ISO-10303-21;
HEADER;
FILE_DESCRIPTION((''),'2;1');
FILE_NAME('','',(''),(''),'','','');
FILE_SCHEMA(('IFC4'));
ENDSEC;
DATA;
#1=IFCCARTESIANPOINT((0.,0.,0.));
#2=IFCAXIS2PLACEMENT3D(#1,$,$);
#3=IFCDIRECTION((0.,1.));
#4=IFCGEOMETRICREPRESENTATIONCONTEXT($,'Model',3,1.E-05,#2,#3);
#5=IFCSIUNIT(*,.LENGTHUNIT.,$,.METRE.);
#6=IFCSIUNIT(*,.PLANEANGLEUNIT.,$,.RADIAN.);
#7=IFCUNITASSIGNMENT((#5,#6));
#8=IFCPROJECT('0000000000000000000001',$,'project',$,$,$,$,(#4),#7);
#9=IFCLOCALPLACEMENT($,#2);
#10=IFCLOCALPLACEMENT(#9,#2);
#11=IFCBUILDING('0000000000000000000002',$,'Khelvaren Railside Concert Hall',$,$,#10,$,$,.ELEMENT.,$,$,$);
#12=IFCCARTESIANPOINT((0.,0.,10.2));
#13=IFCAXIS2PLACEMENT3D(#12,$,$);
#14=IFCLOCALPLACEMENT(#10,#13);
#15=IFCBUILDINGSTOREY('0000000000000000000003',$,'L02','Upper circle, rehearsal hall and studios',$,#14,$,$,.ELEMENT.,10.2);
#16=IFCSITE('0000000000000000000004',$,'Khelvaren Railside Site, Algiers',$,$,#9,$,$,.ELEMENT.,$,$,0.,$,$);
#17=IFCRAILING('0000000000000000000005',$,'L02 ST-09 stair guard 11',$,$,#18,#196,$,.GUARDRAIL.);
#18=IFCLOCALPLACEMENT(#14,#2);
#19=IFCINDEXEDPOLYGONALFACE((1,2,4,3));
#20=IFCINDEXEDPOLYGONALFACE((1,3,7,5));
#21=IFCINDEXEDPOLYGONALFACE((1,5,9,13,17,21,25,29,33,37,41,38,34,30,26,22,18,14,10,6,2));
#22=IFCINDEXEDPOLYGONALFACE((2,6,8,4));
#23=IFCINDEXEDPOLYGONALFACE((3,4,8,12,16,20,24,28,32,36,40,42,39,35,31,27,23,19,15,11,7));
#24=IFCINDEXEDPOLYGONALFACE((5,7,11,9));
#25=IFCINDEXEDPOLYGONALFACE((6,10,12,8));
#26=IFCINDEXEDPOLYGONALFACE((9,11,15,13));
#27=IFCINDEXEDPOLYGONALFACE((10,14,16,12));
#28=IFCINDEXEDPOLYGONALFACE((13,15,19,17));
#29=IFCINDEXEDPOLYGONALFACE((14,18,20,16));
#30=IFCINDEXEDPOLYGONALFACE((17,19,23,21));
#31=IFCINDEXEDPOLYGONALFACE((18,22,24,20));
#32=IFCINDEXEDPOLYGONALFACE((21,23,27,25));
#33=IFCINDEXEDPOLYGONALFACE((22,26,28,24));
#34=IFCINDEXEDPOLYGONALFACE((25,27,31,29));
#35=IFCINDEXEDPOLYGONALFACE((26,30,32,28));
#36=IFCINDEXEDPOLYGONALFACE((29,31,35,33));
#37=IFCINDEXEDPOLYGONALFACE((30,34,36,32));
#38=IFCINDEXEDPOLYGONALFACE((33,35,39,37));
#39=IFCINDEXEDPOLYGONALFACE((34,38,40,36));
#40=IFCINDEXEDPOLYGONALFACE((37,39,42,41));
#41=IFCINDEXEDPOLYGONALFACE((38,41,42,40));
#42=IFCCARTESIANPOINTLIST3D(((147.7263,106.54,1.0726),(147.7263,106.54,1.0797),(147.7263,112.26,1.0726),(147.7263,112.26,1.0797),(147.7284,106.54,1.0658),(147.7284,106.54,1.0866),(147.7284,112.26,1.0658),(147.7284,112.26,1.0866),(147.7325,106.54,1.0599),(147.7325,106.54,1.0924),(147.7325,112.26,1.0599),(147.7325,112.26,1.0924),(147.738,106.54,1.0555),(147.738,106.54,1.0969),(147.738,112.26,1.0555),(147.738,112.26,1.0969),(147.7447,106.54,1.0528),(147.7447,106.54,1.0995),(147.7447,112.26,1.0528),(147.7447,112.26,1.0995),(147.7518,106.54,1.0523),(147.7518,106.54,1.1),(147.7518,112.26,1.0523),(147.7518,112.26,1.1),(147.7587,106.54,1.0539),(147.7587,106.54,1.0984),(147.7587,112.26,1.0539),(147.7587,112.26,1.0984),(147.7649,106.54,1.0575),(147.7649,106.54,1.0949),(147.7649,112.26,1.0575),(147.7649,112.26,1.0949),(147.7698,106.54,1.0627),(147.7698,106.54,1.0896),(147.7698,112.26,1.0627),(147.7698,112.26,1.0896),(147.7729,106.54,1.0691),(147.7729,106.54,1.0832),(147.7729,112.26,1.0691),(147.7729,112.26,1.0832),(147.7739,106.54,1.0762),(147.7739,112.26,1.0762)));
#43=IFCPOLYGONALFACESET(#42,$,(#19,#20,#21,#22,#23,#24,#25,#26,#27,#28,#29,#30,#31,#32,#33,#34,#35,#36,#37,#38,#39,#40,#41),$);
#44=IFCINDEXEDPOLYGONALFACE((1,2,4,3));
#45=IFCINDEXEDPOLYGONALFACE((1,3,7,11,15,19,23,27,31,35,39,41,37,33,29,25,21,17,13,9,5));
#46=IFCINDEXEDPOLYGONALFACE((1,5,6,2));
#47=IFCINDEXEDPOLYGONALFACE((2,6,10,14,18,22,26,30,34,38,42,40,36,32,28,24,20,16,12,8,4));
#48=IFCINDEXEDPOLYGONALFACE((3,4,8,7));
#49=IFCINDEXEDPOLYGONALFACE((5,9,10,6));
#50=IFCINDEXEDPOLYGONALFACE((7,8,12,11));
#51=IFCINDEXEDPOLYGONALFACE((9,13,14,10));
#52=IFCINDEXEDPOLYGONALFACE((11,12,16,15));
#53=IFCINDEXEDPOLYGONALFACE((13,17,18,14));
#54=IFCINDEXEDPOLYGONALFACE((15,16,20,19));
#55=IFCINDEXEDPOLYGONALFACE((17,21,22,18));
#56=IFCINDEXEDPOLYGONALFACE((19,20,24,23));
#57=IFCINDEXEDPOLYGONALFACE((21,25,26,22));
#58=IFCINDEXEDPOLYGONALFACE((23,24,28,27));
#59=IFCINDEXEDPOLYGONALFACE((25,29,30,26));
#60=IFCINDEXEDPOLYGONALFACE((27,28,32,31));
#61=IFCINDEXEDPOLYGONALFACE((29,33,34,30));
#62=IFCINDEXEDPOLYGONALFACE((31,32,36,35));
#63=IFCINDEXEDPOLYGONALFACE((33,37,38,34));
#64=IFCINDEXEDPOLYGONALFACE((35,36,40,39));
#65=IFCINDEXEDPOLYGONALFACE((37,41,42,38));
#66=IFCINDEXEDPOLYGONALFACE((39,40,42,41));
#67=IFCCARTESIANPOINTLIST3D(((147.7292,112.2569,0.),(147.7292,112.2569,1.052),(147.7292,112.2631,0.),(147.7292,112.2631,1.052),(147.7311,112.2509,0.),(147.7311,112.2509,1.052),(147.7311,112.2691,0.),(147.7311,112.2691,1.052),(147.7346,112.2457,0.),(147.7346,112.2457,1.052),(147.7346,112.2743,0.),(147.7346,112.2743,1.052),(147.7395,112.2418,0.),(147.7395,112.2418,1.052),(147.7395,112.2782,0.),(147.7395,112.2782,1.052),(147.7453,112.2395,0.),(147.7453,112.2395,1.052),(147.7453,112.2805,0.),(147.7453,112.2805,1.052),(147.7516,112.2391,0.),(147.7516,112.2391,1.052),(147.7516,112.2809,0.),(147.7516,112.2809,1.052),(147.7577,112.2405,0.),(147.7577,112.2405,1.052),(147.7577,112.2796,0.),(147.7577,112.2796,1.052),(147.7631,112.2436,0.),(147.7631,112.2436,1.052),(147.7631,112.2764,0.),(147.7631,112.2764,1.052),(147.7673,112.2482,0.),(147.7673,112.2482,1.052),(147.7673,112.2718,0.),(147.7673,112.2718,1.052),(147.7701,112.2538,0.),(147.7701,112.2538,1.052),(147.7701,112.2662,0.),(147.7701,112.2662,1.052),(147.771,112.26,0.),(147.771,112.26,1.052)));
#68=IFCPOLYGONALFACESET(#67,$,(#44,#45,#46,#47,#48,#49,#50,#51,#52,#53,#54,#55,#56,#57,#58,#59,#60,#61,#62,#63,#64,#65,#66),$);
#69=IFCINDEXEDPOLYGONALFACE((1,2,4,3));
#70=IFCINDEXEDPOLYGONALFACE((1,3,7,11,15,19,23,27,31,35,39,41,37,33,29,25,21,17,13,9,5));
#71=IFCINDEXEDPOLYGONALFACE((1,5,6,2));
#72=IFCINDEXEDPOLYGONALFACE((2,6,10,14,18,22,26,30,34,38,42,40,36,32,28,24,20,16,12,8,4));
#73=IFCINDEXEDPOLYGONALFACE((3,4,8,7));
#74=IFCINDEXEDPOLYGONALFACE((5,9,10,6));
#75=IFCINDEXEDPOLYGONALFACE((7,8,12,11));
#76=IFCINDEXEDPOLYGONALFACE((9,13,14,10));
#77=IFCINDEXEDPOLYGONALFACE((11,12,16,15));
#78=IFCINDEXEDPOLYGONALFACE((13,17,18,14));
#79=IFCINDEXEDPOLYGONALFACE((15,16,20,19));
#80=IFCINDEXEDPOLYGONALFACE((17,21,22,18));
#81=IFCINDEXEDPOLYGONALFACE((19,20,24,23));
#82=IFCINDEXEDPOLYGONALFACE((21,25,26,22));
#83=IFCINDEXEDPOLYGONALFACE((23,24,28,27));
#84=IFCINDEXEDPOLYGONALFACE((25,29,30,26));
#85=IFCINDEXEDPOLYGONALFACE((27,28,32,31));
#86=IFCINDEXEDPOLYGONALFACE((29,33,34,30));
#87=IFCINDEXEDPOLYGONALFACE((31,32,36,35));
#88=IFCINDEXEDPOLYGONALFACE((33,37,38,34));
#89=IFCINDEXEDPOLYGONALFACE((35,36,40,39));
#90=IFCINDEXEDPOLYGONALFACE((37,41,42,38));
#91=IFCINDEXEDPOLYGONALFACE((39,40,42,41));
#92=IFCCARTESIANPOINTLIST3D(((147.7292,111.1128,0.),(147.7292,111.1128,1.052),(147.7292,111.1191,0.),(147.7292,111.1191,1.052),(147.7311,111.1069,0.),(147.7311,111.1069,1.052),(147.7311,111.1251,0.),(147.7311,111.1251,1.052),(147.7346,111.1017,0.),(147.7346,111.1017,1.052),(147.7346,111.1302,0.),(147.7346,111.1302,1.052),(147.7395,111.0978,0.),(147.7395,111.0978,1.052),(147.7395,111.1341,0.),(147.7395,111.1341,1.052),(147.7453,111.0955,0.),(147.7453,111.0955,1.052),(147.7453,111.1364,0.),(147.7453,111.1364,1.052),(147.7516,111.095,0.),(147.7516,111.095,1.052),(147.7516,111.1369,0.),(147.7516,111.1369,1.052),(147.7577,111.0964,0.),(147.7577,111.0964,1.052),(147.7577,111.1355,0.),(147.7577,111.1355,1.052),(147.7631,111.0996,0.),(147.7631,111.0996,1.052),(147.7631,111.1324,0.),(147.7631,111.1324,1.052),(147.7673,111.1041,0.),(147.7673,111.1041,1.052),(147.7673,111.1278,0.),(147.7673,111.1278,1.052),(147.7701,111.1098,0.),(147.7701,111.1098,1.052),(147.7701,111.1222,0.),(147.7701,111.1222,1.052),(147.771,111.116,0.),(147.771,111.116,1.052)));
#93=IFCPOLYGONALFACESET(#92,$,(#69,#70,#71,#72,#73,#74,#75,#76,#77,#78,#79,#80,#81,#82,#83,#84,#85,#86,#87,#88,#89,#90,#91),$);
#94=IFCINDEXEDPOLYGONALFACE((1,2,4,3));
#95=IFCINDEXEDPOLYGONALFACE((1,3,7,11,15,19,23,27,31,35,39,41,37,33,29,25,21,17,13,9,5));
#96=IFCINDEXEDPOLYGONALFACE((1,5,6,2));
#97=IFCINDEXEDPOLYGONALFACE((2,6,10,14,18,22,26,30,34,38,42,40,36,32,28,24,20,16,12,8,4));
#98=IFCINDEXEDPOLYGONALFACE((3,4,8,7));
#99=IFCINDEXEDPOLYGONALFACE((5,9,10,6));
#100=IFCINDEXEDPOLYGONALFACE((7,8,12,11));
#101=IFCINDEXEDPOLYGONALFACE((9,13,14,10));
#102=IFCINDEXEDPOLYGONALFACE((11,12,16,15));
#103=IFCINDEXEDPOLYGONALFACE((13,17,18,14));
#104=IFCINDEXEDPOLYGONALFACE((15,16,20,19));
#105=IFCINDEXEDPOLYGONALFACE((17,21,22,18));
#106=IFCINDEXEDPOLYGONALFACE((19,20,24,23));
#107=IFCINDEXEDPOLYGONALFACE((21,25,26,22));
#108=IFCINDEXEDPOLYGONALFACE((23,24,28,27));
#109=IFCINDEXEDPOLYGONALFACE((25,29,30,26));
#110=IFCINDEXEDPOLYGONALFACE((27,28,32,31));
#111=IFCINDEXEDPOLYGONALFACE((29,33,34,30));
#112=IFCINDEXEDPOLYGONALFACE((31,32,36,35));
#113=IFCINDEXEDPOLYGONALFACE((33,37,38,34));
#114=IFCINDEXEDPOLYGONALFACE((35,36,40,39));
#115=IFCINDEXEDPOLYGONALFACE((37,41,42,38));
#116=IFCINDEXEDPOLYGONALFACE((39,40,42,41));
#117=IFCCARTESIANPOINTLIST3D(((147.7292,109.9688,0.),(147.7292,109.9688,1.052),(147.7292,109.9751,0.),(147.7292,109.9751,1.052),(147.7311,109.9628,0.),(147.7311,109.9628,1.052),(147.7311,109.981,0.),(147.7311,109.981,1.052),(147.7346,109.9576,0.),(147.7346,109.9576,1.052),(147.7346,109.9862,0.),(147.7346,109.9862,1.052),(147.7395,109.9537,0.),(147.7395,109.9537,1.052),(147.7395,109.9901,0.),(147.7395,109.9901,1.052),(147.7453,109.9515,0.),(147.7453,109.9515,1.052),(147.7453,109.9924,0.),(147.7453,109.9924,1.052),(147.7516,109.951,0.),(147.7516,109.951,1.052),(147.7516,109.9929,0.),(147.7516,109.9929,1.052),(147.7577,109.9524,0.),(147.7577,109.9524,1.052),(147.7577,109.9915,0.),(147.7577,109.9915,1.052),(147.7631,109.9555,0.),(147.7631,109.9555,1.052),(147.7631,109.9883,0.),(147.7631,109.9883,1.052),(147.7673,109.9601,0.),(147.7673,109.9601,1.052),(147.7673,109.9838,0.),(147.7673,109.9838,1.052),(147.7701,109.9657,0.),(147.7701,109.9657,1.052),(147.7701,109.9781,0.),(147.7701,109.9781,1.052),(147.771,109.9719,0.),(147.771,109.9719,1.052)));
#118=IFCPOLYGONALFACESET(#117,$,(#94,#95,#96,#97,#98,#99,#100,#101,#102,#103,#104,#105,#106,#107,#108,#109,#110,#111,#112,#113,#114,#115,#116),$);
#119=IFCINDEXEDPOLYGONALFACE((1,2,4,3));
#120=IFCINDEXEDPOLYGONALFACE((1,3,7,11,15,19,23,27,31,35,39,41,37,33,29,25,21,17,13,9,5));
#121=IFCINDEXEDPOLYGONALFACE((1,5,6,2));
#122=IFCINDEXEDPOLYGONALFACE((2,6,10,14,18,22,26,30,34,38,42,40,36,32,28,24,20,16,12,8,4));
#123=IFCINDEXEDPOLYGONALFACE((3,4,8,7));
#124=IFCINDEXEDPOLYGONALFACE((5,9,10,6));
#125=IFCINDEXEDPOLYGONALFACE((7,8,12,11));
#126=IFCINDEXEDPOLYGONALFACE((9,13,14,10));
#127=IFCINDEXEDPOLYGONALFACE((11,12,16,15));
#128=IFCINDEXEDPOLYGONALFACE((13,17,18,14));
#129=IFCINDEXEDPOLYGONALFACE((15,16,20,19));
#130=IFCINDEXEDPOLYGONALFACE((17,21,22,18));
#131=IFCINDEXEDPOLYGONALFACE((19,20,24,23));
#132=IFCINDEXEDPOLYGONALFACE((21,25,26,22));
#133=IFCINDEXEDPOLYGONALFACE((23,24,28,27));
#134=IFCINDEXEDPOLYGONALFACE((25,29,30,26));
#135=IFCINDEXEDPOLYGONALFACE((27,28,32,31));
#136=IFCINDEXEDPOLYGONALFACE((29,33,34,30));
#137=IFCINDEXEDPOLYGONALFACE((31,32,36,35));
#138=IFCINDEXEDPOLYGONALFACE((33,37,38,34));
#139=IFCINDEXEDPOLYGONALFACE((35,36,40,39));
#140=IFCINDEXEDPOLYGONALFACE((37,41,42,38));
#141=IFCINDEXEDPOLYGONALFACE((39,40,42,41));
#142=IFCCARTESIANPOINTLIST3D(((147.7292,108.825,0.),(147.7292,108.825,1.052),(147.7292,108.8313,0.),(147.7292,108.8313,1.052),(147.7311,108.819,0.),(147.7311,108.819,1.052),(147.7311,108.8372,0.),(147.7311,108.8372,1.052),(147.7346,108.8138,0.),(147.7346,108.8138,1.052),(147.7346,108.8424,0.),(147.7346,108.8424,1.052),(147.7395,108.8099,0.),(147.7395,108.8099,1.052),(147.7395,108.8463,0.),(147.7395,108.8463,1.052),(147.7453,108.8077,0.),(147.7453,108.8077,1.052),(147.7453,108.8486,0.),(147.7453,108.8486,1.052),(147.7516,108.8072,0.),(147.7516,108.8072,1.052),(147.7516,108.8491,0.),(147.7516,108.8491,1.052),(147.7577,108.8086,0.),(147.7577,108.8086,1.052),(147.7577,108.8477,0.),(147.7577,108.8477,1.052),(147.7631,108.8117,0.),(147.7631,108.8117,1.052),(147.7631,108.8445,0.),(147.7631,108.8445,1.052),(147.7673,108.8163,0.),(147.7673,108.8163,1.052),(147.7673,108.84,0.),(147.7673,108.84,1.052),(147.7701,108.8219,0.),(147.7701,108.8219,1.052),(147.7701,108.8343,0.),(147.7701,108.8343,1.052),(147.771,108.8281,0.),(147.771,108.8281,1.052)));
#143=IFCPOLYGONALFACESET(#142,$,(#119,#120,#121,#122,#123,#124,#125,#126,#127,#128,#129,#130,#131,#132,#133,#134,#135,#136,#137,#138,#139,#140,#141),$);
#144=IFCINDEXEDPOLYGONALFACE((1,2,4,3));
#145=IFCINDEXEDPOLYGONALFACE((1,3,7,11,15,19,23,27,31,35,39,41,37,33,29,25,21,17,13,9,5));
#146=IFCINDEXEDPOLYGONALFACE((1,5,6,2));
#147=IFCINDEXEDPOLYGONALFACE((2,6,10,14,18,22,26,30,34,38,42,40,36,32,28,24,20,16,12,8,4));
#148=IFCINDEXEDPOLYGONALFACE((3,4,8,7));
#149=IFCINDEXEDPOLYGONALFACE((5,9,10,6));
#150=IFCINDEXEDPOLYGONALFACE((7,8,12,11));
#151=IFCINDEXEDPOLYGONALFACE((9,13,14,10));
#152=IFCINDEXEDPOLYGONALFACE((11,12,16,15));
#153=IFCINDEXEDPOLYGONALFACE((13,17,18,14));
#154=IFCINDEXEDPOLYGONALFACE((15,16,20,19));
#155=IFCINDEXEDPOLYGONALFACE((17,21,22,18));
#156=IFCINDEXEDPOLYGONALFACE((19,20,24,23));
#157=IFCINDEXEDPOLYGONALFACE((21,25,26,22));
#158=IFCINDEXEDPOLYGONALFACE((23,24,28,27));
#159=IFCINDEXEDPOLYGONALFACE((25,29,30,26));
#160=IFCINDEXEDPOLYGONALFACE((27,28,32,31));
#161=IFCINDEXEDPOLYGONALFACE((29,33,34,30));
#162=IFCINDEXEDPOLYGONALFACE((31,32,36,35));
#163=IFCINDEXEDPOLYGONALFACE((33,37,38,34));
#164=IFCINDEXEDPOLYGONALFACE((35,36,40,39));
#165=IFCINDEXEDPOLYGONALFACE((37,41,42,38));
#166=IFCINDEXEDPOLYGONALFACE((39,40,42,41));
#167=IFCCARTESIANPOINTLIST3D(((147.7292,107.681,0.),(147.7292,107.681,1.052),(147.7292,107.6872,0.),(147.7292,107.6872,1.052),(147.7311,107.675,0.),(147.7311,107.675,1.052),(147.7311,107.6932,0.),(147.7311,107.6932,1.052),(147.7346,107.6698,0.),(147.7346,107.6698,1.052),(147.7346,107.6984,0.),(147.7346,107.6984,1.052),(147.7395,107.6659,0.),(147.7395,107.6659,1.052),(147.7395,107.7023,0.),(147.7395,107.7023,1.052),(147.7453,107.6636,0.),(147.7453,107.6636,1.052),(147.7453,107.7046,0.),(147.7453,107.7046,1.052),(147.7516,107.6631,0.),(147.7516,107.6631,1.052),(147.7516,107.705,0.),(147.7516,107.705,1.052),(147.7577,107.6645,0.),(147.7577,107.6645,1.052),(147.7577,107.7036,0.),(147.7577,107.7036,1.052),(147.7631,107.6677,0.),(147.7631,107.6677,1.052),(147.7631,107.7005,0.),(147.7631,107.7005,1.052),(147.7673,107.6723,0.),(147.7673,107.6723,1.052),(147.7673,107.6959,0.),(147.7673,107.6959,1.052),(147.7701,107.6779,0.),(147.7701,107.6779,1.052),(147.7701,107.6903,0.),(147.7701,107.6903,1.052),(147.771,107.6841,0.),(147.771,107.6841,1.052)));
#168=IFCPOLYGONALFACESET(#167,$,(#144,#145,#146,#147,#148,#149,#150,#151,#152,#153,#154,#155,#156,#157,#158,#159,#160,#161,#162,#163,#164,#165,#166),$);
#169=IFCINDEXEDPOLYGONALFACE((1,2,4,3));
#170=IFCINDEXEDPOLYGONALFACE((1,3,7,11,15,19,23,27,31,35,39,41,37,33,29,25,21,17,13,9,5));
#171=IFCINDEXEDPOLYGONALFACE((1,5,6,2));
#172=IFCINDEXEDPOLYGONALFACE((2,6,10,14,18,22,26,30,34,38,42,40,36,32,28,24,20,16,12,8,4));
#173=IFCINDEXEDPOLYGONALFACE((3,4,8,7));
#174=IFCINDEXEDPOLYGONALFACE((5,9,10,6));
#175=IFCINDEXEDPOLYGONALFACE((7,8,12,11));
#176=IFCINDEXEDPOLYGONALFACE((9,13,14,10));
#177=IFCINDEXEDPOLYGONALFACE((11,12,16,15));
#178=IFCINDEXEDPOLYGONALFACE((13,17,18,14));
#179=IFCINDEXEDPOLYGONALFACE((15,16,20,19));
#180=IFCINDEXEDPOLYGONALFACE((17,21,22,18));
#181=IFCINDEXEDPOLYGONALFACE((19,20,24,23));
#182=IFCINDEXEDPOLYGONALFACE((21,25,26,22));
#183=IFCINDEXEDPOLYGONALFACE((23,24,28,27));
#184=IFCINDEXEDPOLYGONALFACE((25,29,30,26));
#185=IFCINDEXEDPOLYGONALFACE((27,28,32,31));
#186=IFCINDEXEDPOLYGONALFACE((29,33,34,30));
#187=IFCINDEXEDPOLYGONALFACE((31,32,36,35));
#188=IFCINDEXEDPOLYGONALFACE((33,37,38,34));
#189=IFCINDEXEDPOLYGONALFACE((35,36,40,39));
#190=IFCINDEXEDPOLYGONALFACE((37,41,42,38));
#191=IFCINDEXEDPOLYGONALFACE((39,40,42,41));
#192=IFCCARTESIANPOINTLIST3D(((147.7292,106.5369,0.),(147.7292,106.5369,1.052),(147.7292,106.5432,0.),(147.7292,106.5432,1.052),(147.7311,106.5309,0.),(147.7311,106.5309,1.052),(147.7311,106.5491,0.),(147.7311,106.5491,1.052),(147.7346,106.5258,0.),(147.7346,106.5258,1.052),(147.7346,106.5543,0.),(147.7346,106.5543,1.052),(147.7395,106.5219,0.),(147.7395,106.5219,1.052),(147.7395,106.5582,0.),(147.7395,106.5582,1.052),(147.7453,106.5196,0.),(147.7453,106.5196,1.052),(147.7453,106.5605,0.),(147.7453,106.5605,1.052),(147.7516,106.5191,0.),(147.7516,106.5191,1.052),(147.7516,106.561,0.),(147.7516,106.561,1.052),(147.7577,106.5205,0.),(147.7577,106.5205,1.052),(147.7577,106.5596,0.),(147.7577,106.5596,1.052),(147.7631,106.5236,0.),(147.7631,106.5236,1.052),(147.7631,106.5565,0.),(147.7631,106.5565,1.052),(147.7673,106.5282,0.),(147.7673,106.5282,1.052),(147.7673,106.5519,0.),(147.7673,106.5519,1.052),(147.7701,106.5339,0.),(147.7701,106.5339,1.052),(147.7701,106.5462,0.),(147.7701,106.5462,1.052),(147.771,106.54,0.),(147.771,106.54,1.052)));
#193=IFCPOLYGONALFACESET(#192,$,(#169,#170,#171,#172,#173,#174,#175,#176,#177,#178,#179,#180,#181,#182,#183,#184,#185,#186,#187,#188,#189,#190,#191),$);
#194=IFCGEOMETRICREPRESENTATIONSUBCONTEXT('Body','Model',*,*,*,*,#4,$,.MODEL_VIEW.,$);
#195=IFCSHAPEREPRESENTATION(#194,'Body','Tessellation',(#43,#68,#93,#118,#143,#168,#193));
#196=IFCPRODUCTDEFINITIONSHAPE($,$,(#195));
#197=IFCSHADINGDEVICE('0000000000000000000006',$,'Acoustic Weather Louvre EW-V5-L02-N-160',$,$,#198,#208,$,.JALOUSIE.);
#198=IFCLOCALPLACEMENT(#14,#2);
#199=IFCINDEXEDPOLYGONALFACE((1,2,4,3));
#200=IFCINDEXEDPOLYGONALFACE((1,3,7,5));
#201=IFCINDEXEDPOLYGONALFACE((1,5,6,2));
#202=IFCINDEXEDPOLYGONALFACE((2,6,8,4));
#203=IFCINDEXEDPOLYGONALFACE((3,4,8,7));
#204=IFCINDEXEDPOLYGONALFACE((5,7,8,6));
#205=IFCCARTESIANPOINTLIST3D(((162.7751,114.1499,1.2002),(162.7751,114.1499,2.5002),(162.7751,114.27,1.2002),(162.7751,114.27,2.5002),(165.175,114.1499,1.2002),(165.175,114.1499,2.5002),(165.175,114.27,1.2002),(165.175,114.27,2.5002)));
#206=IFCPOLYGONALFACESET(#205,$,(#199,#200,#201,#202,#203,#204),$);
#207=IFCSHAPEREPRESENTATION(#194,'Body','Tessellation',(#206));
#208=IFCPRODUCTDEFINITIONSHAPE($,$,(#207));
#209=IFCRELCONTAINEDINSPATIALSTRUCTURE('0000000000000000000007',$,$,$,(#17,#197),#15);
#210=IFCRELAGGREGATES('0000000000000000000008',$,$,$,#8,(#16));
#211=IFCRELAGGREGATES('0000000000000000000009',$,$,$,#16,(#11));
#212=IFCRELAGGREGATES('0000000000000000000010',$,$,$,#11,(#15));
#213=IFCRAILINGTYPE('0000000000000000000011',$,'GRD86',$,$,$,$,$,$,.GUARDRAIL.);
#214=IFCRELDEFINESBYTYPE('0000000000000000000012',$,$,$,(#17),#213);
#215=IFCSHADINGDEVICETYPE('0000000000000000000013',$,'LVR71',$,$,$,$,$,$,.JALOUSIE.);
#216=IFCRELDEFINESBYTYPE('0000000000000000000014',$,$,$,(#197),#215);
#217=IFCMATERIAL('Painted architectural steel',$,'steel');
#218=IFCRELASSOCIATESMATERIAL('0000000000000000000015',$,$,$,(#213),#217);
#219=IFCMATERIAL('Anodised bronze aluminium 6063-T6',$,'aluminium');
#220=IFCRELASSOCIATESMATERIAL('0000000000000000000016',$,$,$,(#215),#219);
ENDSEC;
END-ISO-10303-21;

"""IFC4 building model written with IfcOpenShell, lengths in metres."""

from ifc_helpers import new_model, si_unit, direction, frame, origin, origin_2d, place, context, subcontext, project, spatial, rectangle, circle, extrude, material, type_object, element, save


model = new_model("IFC4")

# Units and contexts
model_context = context("Model", 3, precision=1e-05, world=origin(), true_north=direction((0.0, 1.0)))
body_context = subcontext(model_context, "Body", "Model", "MODEL_VIEW")
ifc_project = project(units=[si_unit("LENGTHUNIT", "METRE"), si_unit("PLANEANGLEUNIT", "RADIAN")], contexts=[model_context])

# Site, building, storey
site_placement = place(None, origin())
site = spatial("IfcSite", under=ifc_project, at=site_placement, Name="Khelvaren Railside Site, Algiers", CompositionType="ELEMENT", RefElevation=0.0)
building_placement = place(site_placement, origin())
building = spatial("IfcBuilding", under=site, at=building_placement, Name="Khelvaren Railside Concert Hall", CompositionType="ELEMENT")
storey_placement = place(building_placement, frame((0.0, 0.0, 10.2)))
storey = spatial("IfcBuildingStorey", under=building, at=storey_placement, Name="L02", Description="Upper circle, rehearsal hall and studios", CompositionType="ELEMENT", Elevation=10.2)

# Railing
ifc_material_1 = material(Name="Painted architectural steel", Category="steel")
railing_type = type_object("IfcRailingType", Name="GRD86", PredefinedType="GUARDRAIL", material=ifc_material_1)
railing_placement = place(storey_placement, frame((147.75, 112.26, 0.0)))
element("IfcRailing", 1, at=railing_placement, inside=storey, type_object=railing_type, Name="L02 ST-09 stair guard 11", PredefinedType="GUARDRAIL", context=body_context, shape_type="SweptSolid", body=[
    extrude(circle(Radius=0.0239, at=origin_2d()), frame((0.0, 0.0, 1.0762), z_axis=(0.0, -1.0, 0.0), x_axis=(1.0, 0.0, 0.0)), (0.0, 0.0, 1.0), 5.72),
    extrude(circle(Radius=0.021, at=origin_2d()), origin(), (0.0, 0.0, 1.0), 1.052),
    extrude(circle(Radius=0.021, at=origin_2d()), frame((0.0, -1.144, 0.0)), (0.0, 0.0, 1.0), 1.052),
    extrude(circle(Radius=0.021, at=origin_2d()), frame((0.0, -2.2881, 0.0)), (0.0, 0.0, 1.0), 1.052),
    extrude(circle(Radius=0.021, at=origin_2d()), frame((0.0, -3.4319, 0.0)), (0.0, 0.0, 1.0), 1.052),
    extrude(circle(Radius=0.021, at=origin_2d()), frame((0.0, -4.5759, 0.0)), (0.0, 0.0, 1.0), 1.052),
    extrude(circle(Radius=0.021, at=origin_2d()), frame((0.0, -5.72, 0.0)), (0.0, 0.0, 1.0), 1.052),
])

# Shading device
ifc_material_2 = material(Name="Anodised bronze aluminium 6063-T6", Category="aluminium")
shading_device_type = type_object("IfcShadingDeviceType", Name="LVR71", PredefinedType="JALOUSIE", material=ifc_material_2)
shading_device_placement = place(storey_placement, frame((163.9751, 114.21, 1.2002), z_axis=(0.0, 0.0, 1.0), x_axis=(1.0, 0.0, 0.0)))
element("IfcShadingDevice", 2, at=shading_device_placement, inside=storey, type_object=shading_device_type, Name="Acoustic Weather Louvre EW-V5-L02-N-160", PredefinedType="JALOUSIE", context=body_context, shape_type="SweptSolid", body=[
    extrude(rectangle(XDim=2.3999, YDim=0.1201, at=origin_2d()), origin(), (0.0, 0.0, 1.0), 1.3),
])

save(model, "model.ifc")
